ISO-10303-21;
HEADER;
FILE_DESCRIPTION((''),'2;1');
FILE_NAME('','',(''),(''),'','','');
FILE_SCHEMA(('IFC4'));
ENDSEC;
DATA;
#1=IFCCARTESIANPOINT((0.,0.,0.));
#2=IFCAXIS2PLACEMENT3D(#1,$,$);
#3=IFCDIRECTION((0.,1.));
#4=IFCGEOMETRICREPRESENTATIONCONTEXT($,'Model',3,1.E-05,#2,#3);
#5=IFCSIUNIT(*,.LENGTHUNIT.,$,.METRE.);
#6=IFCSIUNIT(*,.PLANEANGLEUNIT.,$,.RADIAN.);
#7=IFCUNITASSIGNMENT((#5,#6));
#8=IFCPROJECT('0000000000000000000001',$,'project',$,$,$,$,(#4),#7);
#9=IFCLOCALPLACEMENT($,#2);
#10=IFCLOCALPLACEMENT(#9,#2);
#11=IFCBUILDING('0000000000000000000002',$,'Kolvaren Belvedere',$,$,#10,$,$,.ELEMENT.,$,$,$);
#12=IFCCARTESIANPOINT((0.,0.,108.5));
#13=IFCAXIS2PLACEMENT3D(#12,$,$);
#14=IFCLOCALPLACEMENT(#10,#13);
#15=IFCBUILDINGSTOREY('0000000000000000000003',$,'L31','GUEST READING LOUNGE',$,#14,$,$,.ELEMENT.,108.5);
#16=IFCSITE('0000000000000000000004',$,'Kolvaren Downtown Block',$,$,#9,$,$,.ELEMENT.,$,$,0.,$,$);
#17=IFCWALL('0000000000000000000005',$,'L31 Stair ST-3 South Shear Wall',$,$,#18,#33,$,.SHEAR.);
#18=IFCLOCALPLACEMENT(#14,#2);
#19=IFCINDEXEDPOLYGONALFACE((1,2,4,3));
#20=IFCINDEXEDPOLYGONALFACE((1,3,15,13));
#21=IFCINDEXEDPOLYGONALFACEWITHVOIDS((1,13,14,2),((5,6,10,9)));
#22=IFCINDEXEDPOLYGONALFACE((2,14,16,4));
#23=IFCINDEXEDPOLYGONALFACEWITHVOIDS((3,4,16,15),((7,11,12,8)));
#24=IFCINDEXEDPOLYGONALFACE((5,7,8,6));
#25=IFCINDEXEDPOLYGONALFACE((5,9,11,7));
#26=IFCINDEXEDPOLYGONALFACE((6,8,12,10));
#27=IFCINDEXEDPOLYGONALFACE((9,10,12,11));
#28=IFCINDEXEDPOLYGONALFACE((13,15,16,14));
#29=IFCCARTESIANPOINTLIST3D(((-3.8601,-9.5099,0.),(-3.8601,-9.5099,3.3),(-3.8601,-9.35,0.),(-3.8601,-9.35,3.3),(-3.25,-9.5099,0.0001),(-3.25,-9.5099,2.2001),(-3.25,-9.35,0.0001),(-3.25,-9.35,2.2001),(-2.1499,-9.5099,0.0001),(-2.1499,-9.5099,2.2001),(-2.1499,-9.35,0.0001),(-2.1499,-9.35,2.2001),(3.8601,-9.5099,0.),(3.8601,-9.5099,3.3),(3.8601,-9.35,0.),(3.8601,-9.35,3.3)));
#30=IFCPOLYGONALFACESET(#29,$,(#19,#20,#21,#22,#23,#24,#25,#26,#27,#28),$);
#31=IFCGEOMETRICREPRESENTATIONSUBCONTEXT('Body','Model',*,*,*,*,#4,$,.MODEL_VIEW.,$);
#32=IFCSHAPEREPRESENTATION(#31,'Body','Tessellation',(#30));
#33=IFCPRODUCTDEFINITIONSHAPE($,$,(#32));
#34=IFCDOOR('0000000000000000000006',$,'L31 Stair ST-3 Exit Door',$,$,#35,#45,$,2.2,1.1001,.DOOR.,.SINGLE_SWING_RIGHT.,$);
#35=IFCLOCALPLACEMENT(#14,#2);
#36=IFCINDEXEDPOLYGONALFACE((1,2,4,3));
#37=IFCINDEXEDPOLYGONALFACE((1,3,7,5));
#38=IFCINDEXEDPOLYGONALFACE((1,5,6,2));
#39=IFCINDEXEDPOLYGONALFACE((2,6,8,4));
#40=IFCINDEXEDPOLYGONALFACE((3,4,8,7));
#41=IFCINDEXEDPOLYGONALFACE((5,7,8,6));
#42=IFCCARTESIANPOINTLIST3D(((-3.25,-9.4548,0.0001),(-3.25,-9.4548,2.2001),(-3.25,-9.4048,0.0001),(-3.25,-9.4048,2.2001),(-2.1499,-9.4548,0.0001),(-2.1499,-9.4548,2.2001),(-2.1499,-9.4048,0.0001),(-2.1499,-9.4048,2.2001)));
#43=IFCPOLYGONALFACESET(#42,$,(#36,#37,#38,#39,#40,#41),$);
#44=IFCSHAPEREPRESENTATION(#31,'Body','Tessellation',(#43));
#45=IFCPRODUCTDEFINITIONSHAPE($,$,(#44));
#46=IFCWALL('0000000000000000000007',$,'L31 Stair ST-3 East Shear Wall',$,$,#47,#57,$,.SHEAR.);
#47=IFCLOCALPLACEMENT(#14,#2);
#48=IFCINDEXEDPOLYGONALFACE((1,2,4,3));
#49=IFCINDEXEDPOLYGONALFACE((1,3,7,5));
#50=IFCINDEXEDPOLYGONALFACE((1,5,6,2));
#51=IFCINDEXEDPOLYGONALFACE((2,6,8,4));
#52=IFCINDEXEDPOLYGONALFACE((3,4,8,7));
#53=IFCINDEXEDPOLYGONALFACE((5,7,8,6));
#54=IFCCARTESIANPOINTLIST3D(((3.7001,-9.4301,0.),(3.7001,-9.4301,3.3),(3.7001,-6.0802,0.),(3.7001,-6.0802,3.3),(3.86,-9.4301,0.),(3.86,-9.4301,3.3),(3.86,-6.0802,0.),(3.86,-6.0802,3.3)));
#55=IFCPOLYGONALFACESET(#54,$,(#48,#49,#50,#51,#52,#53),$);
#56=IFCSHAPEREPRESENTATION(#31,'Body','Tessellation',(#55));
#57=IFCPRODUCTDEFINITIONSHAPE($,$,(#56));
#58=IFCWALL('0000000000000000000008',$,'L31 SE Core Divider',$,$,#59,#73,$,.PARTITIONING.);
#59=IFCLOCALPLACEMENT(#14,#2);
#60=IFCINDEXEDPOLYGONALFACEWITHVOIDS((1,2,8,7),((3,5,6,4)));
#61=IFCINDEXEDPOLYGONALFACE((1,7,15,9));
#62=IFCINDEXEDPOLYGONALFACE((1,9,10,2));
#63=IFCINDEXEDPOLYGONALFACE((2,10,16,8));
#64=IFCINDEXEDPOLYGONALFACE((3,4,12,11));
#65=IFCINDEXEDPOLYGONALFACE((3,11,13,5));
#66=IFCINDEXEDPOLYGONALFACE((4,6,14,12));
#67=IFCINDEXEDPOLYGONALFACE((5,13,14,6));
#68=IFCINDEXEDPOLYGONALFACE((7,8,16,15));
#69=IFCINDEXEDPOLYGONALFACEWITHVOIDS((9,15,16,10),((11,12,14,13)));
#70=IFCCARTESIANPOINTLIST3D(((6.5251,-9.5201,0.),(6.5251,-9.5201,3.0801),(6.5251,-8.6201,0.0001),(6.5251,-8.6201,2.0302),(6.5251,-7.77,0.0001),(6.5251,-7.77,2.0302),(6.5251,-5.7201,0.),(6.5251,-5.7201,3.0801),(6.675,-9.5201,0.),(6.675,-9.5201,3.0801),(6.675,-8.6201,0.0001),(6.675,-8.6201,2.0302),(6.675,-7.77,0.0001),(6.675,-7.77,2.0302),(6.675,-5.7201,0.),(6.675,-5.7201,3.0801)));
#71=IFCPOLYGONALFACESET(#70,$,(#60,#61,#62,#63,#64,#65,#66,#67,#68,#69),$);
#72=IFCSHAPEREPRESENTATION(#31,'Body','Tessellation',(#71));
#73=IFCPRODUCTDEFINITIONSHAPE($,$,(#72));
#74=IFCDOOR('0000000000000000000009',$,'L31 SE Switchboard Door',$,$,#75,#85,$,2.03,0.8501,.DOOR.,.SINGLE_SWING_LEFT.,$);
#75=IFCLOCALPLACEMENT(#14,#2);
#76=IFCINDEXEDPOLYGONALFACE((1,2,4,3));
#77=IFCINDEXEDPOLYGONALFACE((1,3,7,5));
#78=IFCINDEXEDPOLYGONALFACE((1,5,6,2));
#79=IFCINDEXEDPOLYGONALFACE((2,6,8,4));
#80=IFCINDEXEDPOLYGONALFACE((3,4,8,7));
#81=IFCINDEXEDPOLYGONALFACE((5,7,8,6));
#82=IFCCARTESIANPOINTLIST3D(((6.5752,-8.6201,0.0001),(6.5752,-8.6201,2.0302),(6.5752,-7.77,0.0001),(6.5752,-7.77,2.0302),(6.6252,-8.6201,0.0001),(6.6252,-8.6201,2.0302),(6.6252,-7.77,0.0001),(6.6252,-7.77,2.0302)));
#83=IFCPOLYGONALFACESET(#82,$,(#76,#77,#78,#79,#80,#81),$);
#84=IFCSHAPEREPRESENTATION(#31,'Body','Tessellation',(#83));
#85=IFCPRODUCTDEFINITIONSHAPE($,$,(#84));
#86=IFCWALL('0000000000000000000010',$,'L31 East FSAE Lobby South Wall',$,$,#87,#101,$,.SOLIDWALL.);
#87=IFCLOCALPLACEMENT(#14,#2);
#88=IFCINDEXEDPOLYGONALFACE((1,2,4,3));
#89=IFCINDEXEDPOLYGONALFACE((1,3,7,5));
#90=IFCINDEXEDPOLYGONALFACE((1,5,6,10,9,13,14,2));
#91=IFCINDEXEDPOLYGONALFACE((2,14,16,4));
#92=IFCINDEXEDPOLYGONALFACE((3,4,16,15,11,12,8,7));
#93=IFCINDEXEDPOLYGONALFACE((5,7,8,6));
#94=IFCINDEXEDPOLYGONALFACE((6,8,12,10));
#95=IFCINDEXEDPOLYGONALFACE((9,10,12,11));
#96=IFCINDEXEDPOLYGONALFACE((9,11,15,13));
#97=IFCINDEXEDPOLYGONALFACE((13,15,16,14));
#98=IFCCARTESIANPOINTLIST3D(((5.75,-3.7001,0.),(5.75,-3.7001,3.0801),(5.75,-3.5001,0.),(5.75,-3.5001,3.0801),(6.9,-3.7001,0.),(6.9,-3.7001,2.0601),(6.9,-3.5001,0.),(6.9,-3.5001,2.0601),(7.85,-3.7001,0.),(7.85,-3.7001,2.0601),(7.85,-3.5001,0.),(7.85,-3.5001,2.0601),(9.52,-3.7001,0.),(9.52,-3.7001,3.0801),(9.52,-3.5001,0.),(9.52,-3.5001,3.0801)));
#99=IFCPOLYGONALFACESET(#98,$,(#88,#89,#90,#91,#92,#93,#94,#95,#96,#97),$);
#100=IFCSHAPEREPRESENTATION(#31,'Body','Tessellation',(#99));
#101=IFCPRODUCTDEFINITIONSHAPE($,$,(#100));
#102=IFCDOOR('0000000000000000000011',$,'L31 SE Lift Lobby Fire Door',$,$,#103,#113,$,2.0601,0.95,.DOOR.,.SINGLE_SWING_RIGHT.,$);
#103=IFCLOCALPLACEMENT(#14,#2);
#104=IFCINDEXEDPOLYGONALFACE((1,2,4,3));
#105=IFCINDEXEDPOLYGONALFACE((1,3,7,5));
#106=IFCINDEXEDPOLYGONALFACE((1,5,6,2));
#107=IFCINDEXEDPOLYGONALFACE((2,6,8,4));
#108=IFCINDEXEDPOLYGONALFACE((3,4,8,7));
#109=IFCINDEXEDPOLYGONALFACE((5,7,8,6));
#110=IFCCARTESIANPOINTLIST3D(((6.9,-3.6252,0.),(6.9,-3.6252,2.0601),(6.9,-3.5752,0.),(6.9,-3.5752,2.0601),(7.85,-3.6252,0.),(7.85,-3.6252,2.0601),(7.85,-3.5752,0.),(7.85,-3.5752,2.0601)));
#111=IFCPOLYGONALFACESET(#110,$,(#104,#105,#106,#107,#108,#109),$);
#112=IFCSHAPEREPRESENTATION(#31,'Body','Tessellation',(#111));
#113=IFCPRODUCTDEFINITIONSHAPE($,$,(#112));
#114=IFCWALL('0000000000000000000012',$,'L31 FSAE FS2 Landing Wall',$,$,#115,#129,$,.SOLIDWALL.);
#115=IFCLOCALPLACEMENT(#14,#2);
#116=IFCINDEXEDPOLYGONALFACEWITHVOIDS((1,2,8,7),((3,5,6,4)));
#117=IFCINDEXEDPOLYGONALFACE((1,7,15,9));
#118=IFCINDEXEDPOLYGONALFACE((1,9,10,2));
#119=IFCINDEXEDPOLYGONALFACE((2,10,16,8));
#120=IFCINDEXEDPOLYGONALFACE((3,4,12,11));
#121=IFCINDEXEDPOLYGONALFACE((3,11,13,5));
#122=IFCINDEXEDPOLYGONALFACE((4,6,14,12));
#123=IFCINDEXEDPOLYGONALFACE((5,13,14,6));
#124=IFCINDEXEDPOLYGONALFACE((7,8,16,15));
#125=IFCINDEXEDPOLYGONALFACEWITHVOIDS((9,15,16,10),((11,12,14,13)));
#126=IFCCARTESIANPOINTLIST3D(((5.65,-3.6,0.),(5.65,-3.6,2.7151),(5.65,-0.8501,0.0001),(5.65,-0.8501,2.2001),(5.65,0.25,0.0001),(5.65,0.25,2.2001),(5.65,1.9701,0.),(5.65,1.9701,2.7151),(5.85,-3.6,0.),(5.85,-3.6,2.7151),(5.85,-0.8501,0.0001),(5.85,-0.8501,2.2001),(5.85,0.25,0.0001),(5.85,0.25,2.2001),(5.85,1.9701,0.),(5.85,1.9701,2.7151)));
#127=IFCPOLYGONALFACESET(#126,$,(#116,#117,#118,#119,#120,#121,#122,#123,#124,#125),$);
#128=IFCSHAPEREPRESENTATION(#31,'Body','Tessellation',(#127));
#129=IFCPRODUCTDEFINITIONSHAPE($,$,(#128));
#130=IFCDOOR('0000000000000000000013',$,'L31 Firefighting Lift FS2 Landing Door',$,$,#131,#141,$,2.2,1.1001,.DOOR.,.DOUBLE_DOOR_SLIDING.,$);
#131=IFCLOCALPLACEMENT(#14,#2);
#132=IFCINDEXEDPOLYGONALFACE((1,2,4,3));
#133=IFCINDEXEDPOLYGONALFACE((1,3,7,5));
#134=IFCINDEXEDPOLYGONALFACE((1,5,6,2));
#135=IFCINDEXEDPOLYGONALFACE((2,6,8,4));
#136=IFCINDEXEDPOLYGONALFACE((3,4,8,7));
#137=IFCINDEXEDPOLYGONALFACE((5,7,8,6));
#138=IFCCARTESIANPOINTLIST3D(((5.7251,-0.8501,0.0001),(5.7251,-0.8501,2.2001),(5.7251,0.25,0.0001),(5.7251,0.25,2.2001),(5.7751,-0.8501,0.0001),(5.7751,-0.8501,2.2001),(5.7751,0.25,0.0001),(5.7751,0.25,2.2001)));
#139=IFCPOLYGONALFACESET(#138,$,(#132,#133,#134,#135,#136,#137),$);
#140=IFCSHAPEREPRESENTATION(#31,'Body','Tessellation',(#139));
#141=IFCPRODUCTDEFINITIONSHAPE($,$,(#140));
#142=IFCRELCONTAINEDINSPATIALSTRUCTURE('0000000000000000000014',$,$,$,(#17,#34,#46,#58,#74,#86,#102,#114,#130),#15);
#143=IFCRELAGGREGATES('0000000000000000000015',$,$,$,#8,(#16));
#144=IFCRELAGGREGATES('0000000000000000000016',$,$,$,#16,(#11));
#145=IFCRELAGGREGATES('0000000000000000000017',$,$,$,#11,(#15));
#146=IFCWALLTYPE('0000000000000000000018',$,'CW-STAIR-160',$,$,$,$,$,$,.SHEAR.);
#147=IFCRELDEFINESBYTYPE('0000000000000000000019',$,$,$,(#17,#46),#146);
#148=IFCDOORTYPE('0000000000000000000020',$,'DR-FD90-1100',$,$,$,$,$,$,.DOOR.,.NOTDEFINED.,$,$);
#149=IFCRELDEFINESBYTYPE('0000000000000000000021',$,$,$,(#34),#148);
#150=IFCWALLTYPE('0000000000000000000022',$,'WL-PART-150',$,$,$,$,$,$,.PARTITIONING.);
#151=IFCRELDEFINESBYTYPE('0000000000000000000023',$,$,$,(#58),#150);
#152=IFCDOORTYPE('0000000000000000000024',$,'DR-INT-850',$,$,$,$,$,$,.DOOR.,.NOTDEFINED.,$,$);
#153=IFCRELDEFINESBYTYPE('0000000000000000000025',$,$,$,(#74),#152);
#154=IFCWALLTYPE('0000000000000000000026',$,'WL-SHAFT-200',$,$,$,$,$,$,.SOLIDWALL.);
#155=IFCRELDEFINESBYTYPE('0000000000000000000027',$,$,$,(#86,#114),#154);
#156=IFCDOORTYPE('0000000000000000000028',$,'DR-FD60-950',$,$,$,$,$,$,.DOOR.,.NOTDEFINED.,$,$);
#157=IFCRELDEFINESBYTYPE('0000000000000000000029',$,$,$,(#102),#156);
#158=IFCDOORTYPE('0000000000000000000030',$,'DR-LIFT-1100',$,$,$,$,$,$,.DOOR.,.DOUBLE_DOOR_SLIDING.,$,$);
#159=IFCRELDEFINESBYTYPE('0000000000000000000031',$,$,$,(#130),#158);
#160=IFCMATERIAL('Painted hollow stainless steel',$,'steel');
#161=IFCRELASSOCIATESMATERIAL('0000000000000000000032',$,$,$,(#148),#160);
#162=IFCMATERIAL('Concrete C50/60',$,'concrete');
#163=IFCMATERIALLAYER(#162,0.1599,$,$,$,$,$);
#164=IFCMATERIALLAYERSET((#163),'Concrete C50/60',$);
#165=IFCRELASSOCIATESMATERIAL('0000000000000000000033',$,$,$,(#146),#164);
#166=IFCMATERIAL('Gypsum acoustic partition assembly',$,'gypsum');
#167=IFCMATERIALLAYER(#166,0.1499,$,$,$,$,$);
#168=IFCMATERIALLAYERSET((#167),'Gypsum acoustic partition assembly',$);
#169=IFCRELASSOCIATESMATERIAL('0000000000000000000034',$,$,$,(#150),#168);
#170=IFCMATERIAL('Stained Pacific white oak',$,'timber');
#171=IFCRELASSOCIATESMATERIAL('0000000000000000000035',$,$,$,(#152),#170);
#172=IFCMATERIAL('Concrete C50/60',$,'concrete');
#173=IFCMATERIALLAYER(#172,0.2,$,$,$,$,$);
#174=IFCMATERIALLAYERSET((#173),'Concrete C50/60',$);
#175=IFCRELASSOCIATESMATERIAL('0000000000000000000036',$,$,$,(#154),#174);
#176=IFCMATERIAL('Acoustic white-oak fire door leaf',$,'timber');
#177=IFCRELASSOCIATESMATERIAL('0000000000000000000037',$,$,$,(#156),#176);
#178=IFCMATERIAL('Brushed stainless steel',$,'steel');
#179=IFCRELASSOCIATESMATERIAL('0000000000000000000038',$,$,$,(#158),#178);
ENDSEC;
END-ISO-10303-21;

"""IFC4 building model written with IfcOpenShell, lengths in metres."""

from ifc_helpers import new_model, si_unit, direction, frame, frame_2d, origin, place, context, subcontext, project, spatial, rectangle, extrude, material, layer, layer_set, type_object, element, fill, save


model = new_model("IFC4")

# Units and contexts
model_context = context("Model", 3, precision=1e-05, world=origin(), true_north=direction((0.0, 1.0)))
body_context = subcontext(model_context, "Body", "Model", "MODEL_VIEW")
ifc_project = project(units=[si_unit("LENGTHUNIT", "METRE"), si_unit("PLANEANGLEUNIT", "RADIAN")], contexts=[model_context])

# Site, building, storey
site_placement = place(None, origin())
site = spatial("IfcSite", under=ifc_project, at=site_placement, Name="Kolvaren Downtown Block", CompositionType="ELEMENT", RefElevation=0.0)
building_placement = place(site_placement, origin())
building = spatial("IfcBuilding", under=site, at=building_placement, Name="Kolvaren Belvedere", CompositionType="ELEMENT")
storey_placement = place(building_placement, frame((0.0, 0.0, 108.5)))
storey = spatial("IfcBuildingStorey", under=building, at=storey_placement, Name="L31", Description="GUEST READING LOUNGE", CompositionType="ELEMENT", Elevation=108.5)

# Wall, opening, door
ifc_material_1 = material(Name="Painted hollow stainless steel", Category="steel")
door_type_1 = type_object("IfcDoorType", Name="DR-FD90-1100", OperationType="NOTDEFINED", PredefinedType="DOOR", material=ifc_material_1)
ifc_material_2 = material(Name="Concrete C50/60", Category="concrete")
ifc_layer_1 = layer(ifc_material_2, 0.1599)
ifc_layer_set_1 = layer_set([ifc_layer_1], Name="Concrete C50/60")
wall_type_1 = type_object("IfcWallType", Name="CW-STAIR-160", PredefinedType="SHEAR", material=ifc_layer_set_1)
wall_1_placement = place(storey_placement, frame((3.8601, -9.4299, 0.0), z_axis=(0.0, 0.0, 1.0), x_axis=(-1.0, 0.0, 0.0)))
wall_1 = element("IfcWall", 1, at=wall_1_placement, inside=storey, type_object=wall_type_1, Name="L31 Stair ST-3 South Shear Wall", PredefinedType="SHEAR", context=body_context, shape_type="SweptSolid", body=[
    extrude(rectangle(XDim=7.7202, YDim=0.1599, at=frame_2d((3.8601, 0.0))), origin(), (0.0, 0.0, 1.0), 3.3),
])
opening_1_placement = place(wall_1_placement, frame((6.01, 0.0, 0.0)))
opening_1 = element("IfcOpeningElement", 2, at=opening_1_placement, cuts=wall_1, PredefinedType="OPENING", context=body_context, shape_type="SweptSolid", body=[
    extrude(rectangle(XDim=1.1001, YDim=2.2, at=frame_2d((0.55, 1.1001))), frame((0.0, 0.0898, 0.0), z_axis=(0.0, -1.0, 0.0), x_axis=(1.0, 0.0, 0.0)), (0.0, 0.0, 1.0), 0.1799),
])
door_1_placement = place(opening_1_placement, origin())
door_1 = element("IfcDoor", 3, at=door_1_placement, inside=storey, type_object=door_type_1, Name="L31 Stair ST-3 Exit Door", OperationType="SINGLE_SWING_RIGHT", OverallHeight=2.2, OverallWidth=1.1001, PredefinedType="DOOR", context=body_context, shape_type="SweptSolid", body=[
    extrude(rectangle(XDim=1.1001, YDim=2.2, at=frame_2d((0.55, 1.1001))), frame((0.0, 0.0249, 0.0), z_axis=(0.0, -1.0, 0.0), x_axis=(1.0, 0.0, 0.0)), (0.0, 0.0, 1.0), 0.05),
])
fill(opening_1, door_1)

# Wall
wall_2_placement = place(storey_placement, frame((3.78, -9.4299, 0.0), z_axis=(0.0, 0.0, 1.0), x_axis=(0.0, 1.0, 0.0)))
element("IfcWall", 4, at=wall_2_placement, inside=storey, type_object=wall_type_1, Name="L31 Stair ST-3 East Shear Wall", PredefinedType="SHEAR", context=body_context, shape_type="SweptSolid", body=[
    extrude(rectangle(XDim=3.3499, YDim=0.1599, at=frame_2d((1.6748, 0.0))), origin(), (0.0, 0.0, 1.0), 3.3),
])

# Walls, openings, doors
ifc_material_3 = material(Name="Gypsum acoustic partition assembly", Category="gypsum")
ifc_layer_2 = layer(ifc_material_3, 0.1499)
ifc_layer_set_2 = layer_set([ifc_layer_2], Name="Gypsum acoustic partition assembly")
wall_type_2 = type_object("IfcWallType", Name="WL-PART-150", PredefinedType="PARTITIONING", material=ifc_layer_set_2)
wall_3_placement = place(storey_placement, frame((6.6001, -9.52, 0.0), z_axis=(0.0, 0.0, 1.0), x_axis=(0.0, 1.0, 0.0)))
wall_3 = element("IfcWall", 5, at=wall_3_placement, inside=storey, type_object=wall_type_2, Name="L31 SE Core Divider", PredefinedType="PARTITIONING", context=body_context, shape_type="SweptSolid", body=[
    extrude(rectangle(XDim=3.8, YDim=0.1499, at=frame_2d((1.8999, 0.0))), origin(), (0.0, 0.0, 1.0), 3.0801),
])
opening_2_placement = place(wall_3_placement, frame((0.8999, 0.0, 0.0)))
opening_2 = element("IfcOpeningElement", 6, at=opening_2_placement, cuts=wall_3, PredefinedType="OPENING", context=body_context, shape_type="SweptSolid", body=[
    extrude(rectangle(XDim=0.8501, YDim=2.03, at=frame_2d((0.425, 1.0151))), frame((0.0, 0.085, 0.0), z_axis=(0.0, -1.0, 0.0), x_axis=(1.0, 0.0, 0.0)), (0.0, 0.0, 1.0), 0.1699),
])
ifc_material_4 = material(Name="Stained Pacific white oak", Category="timber")
door_type_2 = type_object("IfcDoorType", Name="DR-INT-850", OperationType="NOTDEFINED", PredefinedType="DOOR", material=ifc_material_4)
door_2_placement = place(opening_2_placement, origin())
door_2 = element("IfcDoor", 7, at=door_2_placement, inside=storey, type_object=door_type_2, Name="L31 SE Switchboard Door", OperationType="SINGLE_SWING_LEFT", OverallHeight=2.03, OverallWidth=0.8501, PredefinedType="DOOR", context=body_context, shape_type="SweptSolid", body=[
    extrude(rectangle(XDim=0.8501, YDim=2.03, at=frame_2d((0.425, 1.0151))), frame((0.0, 0.0249, 0.0), z_axis=(0.0, -1.0, 0.0), x_axis=(1.0, 0.0, 0.0)), (0.0, 0.0, 1.0), 0.05),
])
fill(opening_2, door_2)
ifc_material_5 = material(Name="Concrete C50/60", Category="concrete")
ifc_layer_3 = layer(ifc_material_5, 0.2)
ifc_layer_set_3 = layer_set([ifc_layer_3], Name="Concrete C50/60")
wall_type_3 = type_object("IfcWallType", Name="WL-SHAFT-200", PredefinedType="SOLIDWALL", material=ifc_layer_set_3)
wall_4_placement = place(storey_placement, frame((5.75, -3.6001, 0.0), z_axis=(0.0, 0.0, 1.0), x_axis=(1.0, 0.0, 0.0)))
wall_4 = element("IfcWall", 8, at=wall_4_placement, inside=storey, type_object=wall_type_3, Name="L31 East FSAE Lobby South Wall", PredefinedType="SOLIDWALL", context=body_context, shape_type="SweptSolid", body=[
    extrude(rectangle(XDim=3.77, YDim=0.2, at=frame_2d((1.885, 0.0))), origin(), (0.0, 0.0, 1.0), 3.0801),
])
opening_3_placement = place(wall_4_placement, frame((1.1499, 0.0, 0.0)))
opening_3 = element("IfcOpeningElement", 9, at=opening_3_placement, cuts=wall_4, PredefinedType="OPENING", context=body_context, shape_type="SweptSolid", body=[
    extrude(rectangle(XDim=0.95, YDim=2.0601, at=frame_2d((0.4751, 1.03))), frame((0.0, 0.1099, 0.0), z_axis=(0.0, -1.0, 0.0), x_axis=(1.0, 0.0, 0.0)), (0.0, 0.0, 1.0), 0.22),
])
ifc_material_6 = material(Name="Acoustic white-oak fire door leaf", Category="timber")
door_type_3 = type_object("IfcDoorType", Name="DR-FD60-950", OperationType="NOTDEFINED", PredefinedType="DOOR", material=ifc_material_6)
door_3_placement = place(opening_3_placement, origin())
door_3 = element("IfcDoor", 10, at=door_3_placement, inside=storey, type_object=door_type_3, Name="L31 SE Lift Lobby Fire Door", OperationType="SINGLE_SWING_RIGHT", OverallHeight=2.0601, OverallWidth=0.95, PredefinedType="DOOR", context=body_context, shape_type="SweptSolid", body=[
    extrude(rectangle(XDim=0.95, YDim=2.0601, at=frame_2d((0.4751, 1.03))), frame((0.0, 0.0249, 0.0), z_axis=(0.0, -1.0, 0.0), x_axis=(1.0, 0.0, 0.0)), (0.0, 0.0, 1.0), 0.05),
])
fill(opening_3, door_3)
wall_5_placement = place(storey_placement, frame((5.75, -3.6001, 0.0), z_axis=(0.0, 0.0, 1.0), x_axis=(0.0, 1.0, 0.0)))
wall_5 = element("IfcWall", 11, at=wall_5_placement, inside=storey, type_object=wall_type_3, Name="L31 FSAE FS2 Landing Wall", PredefinedType="SOLIDWALL", context=body_context, shape_type="SweptSolid", body=[
    extrude(rectangle(XDim=5.5701, YDim=0.2, at=frame_2d((2.7852, 0.0))), origin(), (0.0, 0.0, 1.0), 2.7151),
])
opening_4_placement = place(wall_5_placement, frame((2.75, 0.0, 0.0)))
opening_4 = element("IfcOpeningElement", 12, at=opening_4_placement, cuts=wall_5, PredefinedType="OPENING", context=body_context, shape_type="SweptSolid", body=[
    extrude(rectangle(XDim=1.1001, YDim=2.2, at=frame_2d((0.55, 1.1001))), frame((0.0, 0.1099, 0.0), z_axis=(0.0, -1.0, 0.0), x_axis=(1.0, 0.0, 0.0)), (0.0, 0.0, 1.0), 0.22),
])
ifc_material_7 = material(Name="Brushed stainless steel", Category="steel")
door_type_4 = type_object("IfcDoorType", Name="DR-LIFT-1100", OperationType="DOUBLE_DOOR_SLIDING", PredefinedType="DOOR", material=ifc_material_7)
door_4_placement = place(opening_4_placement, origin())
door_4 = element("IfcDoor", 13, at=door_4_placement, inside=storey, type_object=door_type_4, Name="L31 Firefighting Lift FS2 Landing Door", OperationType="DOUBLE_DOOR_SLIDING", OverallHeight=2.2, OverallWidth=1.1001, PredefinedType="DOOR", context=body_context, shape_type="SweptSolid", body=[
    extrude(rectangle(XDim=1.1001, YDim=2.2, at=frame_2d((0.55, 1.1001))), frame((0.0, 0.0249, 0.0), z_axis=(0.0, -1.0, 0.0), x_axis=(1.0, 0.0, 0.0)), (0.0, 0.0, 1.0), 0.05),
])
fill(opening_4, door_4)

save(model, "model.ifc")
